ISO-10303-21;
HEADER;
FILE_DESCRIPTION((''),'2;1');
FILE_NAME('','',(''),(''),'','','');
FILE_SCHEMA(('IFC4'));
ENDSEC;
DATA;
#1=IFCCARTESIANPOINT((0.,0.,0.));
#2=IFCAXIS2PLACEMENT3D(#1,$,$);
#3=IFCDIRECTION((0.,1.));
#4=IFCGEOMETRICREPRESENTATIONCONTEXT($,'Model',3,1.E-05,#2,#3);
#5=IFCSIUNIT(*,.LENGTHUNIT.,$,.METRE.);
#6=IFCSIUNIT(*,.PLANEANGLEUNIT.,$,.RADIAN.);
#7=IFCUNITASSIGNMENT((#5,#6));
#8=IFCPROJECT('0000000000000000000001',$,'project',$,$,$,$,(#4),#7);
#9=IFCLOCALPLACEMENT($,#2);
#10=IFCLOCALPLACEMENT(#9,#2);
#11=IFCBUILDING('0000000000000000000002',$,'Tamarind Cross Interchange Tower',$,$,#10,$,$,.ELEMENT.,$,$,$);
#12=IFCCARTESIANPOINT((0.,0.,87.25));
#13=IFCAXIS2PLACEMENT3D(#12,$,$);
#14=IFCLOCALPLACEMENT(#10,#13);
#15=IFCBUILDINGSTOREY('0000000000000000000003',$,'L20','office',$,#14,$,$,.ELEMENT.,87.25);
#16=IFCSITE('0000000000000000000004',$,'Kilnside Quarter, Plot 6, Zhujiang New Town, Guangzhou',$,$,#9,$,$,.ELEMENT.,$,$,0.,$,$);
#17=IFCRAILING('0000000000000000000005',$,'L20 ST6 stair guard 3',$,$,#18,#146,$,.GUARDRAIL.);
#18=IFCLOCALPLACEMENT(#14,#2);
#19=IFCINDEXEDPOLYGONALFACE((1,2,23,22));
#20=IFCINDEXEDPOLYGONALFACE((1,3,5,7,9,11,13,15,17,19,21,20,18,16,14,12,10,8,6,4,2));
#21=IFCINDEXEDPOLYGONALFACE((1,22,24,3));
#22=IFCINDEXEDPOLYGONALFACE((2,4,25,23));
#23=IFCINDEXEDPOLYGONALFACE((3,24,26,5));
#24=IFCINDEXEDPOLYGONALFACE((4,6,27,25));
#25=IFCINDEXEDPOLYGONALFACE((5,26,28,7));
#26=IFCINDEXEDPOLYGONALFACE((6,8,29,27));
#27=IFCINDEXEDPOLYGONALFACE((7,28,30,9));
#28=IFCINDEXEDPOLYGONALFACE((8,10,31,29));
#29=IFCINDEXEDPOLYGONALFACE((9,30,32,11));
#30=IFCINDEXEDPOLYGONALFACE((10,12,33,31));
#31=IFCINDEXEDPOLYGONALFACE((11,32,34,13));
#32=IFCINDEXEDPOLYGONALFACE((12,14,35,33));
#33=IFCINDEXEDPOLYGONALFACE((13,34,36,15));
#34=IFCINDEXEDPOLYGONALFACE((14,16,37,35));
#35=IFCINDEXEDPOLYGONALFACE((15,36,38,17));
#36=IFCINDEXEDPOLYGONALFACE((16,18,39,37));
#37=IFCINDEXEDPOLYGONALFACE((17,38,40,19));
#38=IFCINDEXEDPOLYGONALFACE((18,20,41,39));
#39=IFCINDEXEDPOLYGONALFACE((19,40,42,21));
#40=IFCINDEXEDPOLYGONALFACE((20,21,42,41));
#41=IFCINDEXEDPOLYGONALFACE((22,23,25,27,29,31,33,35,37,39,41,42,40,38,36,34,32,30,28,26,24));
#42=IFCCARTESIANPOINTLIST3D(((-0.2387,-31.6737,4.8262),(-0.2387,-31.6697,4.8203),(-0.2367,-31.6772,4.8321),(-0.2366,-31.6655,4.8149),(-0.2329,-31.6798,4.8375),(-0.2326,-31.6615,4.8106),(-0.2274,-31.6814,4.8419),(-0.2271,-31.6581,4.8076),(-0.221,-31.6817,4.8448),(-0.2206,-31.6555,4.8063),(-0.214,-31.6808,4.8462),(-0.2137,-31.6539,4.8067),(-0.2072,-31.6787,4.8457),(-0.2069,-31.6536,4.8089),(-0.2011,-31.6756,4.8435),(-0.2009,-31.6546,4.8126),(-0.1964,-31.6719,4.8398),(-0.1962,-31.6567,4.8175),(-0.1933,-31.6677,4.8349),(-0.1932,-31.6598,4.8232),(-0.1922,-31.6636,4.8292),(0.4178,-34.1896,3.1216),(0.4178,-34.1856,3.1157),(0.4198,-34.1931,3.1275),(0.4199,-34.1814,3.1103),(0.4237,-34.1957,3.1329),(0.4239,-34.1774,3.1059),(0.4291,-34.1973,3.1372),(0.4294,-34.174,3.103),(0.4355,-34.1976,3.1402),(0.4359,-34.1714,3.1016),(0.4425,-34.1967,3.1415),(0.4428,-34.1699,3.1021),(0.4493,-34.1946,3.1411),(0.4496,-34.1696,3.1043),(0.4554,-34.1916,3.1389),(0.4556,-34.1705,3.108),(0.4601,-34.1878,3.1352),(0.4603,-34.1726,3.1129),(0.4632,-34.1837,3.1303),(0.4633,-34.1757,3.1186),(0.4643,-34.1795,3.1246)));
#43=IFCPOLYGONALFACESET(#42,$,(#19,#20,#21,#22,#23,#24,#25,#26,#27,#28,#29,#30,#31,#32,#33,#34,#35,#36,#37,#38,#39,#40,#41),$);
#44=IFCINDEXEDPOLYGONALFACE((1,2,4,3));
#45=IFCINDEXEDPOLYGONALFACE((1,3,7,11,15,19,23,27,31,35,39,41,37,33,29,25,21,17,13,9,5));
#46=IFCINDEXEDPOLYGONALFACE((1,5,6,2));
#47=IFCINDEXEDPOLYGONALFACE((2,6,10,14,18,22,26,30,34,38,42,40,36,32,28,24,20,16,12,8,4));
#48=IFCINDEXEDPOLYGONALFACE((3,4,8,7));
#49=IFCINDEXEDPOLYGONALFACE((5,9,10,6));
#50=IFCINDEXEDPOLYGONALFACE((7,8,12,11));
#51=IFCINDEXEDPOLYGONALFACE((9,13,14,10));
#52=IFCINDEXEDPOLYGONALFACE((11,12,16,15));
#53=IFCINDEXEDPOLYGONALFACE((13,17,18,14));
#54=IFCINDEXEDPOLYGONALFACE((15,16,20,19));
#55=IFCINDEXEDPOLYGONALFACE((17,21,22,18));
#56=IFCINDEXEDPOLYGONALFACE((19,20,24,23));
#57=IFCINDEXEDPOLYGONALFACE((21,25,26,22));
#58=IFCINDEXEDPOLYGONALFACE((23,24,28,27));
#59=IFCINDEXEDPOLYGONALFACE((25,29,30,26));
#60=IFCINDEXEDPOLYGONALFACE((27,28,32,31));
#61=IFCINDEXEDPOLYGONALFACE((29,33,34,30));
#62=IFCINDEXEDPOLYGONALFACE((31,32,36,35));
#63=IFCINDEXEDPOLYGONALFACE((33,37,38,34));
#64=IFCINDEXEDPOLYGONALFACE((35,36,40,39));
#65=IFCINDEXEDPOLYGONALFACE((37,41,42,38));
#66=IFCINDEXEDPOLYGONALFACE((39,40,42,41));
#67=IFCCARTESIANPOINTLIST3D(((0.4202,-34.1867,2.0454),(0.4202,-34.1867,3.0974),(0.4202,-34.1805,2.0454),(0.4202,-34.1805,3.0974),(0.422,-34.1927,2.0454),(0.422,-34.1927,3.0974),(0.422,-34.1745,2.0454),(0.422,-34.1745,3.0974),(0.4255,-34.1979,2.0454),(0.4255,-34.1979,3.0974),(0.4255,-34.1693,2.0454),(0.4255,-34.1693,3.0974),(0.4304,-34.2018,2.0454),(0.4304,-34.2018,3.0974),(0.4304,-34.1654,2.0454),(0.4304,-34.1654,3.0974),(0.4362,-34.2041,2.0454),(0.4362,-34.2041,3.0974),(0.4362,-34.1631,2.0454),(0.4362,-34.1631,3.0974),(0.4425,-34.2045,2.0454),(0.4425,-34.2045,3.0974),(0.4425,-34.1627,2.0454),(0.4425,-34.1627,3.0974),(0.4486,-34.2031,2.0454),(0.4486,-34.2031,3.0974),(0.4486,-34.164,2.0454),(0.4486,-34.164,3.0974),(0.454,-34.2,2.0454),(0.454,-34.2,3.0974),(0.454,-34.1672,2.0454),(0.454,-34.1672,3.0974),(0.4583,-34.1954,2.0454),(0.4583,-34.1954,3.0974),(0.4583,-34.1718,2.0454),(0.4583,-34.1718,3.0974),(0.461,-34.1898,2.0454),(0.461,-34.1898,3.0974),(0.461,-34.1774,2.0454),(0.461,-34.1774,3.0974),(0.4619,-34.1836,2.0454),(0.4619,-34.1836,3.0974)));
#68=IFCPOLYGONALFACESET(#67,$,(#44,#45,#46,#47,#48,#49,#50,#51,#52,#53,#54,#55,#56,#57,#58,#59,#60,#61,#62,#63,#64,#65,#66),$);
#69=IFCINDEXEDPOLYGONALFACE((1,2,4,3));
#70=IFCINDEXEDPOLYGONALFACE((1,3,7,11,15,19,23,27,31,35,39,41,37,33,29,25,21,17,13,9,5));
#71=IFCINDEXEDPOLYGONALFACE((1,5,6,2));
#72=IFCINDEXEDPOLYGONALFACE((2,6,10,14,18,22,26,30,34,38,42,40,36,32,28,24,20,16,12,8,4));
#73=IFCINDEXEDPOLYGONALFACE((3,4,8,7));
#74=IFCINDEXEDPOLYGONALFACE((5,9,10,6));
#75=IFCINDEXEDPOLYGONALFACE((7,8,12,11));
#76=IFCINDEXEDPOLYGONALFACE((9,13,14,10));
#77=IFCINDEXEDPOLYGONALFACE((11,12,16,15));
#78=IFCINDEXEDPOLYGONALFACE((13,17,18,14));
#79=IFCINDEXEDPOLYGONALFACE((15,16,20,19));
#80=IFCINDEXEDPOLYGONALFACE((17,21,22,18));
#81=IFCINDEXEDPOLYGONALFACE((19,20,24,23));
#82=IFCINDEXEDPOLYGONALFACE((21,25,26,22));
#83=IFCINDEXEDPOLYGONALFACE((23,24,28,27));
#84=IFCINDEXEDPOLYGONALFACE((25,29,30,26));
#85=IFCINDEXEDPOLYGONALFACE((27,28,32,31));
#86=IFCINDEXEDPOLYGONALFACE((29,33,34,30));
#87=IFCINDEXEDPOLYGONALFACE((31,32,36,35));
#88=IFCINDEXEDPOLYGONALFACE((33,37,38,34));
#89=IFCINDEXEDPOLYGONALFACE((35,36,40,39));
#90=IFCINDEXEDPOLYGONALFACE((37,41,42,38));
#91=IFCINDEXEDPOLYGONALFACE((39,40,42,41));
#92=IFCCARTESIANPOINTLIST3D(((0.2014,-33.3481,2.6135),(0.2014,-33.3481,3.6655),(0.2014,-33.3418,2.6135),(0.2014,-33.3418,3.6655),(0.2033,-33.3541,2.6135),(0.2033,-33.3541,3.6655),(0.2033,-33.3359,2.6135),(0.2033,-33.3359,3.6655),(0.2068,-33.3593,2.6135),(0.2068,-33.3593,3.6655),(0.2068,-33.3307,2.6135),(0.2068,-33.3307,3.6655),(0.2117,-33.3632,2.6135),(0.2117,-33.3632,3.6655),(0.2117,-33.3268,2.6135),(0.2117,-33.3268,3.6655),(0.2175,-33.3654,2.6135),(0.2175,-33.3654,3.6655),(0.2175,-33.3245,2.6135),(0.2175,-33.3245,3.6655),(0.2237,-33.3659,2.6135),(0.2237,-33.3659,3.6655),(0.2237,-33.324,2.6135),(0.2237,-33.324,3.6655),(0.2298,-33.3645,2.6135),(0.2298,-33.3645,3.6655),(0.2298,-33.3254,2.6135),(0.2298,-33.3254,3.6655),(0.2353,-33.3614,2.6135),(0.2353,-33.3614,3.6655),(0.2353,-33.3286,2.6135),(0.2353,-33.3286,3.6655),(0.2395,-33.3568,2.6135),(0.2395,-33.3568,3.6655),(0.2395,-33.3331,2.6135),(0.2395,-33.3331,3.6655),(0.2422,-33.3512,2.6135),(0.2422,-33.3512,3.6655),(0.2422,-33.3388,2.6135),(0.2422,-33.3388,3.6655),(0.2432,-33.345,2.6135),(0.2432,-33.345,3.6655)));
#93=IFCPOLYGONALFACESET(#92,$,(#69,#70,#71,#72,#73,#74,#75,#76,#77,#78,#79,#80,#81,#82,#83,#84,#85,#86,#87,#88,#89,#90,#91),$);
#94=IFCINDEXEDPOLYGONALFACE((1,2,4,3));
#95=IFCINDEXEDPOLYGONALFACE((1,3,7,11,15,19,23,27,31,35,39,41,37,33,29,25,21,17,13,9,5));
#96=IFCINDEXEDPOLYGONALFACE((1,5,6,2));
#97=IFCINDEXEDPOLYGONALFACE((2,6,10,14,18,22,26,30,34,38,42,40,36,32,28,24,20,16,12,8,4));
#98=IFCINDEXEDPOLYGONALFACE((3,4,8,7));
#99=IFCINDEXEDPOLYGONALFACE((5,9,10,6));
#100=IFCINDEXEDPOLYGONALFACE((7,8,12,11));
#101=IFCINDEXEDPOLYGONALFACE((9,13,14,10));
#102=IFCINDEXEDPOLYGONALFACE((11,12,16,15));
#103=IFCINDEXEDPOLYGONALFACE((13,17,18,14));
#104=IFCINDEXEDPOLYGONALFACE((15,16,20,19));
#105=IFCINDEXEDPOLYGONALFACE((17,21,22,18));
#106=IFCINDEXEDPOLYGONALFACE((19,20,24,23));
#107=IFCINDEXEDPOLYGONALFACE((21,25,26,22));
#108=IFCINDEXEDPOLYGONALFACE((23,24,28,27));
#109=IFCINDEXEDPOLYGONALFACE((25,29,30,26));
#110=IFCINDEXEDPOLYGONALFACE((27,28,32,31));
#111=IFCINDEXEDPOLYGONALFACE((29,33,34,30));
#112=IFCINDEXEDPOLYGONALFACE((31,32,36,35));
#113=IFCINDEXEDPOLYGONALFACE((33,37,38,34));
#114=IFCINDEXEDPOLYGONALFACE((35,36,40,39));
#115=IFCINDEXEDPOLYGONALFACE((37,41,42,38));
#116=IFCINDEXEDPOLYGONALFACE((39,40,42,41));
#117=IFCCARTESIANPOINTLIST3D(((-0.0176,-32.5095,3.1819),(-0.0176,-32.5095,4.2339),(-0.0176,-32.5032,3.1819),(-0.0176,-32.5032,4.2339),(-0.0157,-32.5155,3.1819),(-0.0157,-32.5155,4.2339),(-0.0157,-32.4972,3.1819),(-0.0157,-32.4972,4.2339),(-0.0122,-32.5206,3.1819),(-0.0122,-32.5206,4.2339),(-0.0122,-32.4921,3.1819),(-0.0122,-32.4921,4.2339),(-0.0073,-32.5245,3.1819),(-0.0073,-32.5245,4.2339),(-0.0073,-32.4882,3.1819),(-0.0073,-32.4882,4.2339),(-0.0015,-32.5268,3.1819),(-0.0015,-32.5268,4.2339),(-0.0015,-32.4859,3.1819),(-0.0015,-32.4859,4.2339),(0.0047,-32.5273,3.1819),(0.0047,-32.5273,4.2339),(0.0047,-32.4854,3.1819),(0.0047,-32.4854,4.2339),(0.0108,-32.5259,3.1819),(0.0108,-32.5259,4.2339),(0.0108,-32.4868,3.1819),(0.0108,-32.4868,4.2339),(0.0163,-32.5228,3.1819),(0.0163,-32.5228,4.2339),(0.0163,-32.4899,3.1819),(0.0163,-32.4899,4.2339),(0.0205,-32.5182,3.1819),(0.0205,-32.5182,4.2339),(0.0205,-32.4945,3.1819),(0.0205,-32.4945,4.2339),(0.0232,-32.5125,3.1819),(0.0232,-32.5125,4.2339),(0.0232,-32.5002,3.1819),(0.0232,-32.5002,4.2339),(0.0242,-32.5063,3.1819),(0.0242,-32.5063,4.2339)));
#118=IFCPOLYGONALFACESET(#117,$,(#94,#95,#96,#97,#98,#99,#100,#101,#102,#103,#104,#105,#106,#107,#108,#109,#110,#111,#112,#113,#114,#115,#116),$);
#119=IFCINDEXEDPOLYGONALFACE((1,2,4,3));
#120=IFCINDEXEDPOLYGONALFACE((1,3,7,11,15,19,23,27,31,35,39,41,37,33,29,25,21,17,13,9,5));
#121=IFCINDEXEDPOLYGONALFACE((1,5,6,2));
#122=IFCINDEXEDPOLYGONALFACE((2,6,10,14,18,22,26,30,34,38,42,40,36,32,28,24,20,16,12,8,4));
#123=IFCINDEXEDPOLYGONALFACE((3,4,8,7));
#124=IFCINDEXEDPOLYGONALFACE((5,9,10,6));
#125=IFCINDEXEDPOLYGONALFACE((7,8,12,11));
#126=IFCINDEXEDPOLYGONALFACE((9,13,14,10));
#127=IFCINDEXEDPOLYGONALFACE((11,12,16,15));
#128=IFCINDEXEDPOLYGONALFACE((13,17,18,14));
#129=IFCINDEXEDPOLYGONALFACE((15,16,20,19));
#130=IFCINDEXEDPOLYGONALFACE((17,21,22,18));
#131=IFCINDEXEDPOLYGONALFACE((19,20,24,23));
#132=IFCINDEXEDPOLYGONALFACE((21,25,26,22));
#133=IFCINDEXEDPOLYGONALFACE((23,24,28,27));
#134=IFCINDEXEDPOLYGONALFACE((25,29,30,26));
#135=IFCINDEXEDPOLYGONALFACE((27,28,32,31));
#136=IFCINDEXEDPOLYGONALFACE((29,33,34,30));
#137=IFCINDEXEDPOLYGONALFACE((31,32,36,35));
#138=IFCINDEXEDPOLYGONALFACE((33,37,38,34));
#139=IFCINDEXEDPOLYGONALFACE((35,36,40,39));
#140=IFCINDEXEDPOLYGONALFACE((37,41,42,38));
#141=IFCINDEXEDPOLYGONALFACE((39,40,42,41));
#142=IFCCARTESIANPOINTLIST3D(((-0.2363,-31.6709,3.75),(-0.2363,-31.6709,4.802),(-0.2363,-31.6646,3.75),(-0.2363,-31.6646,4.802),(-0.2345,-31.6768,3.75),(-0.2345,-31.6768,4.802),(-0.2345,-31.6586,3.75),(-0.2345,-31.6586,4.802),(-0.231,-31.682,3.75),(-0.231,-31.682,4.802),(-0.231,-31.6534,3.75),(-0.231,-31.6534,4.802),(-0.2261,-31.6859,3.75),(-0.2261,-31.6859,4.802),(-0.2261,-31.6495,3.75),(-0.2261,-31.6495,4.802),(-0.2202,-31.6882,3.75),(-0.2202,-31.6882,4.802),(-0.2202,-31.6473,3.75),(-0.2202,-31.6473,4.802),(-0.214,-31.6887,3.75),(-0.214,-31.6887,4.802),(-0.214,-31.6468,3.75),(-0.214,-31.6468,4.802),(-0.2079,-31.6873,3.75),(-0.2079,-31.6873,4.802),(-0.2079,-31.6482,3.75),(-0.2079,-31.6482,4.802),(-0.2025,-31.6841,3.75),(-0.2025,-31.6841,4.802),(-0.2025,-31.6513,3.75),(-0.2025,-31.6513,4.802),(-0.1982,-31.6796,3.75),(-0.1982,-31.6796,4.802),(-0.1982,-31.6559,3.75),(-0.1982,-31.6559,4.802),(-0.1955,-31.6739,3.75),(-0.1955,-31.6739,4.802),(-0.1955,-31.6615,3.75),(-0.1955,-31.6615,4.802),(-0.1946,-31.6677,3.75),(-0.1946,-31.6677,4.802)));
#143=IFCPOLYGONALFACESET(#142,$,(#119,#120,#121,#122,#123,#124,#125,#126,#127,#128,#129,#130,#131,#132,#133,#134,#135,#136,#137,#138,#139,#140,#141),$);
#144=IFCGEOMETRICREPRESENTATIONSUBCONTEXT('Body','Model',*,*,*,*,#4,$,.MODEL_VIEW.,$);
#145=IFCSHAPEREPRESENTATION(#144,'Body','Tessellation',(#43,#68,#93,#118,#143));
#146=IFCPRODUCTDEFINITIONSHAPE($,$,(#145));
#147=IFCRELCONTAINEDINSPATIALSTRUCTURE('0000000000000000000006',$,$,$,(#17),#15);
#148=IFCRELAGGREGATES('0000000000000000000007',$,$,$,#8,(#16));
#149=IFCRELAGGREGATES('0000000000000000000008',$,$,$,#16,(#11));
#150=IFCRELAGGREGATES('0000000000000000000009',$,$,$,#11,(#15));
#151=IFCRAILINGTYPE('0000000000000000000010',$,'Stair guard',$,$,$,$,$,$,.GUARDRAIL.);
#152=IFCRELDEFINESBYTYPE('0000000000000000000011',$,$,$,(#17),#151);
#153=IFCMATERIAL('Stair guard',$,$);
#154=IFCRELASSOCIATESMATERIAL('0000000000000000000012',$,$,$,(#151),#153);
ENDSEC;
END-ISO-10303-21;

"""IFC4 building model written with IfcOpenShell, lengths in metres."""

from ifc_helpers import new_model, si_unit, direction, frame, origin, origin_2d, place, context, subcontext, project, spatial, circle, extrude, material, type_object, element, save


model = new_model("IFC4")

# Units and contexts
model_context = context("Model", 3, precision=1e-05, world=origin(), true_north=direction((0.0, 1.0)))
body_context = subcontext(model_context, "Body", "Model", "MODEL_VIEW")
ifc_project = project(units=[si_unit("LENGTHUNIT", "METRE"), si_unit("PLANEANGLEUNIT", "RADIAN")], contexts=[model_context])

# Site, building, storey
site_placement = place(None, origin())
site = spatial("IfcSite", under=ifc_project, at=site_placement, Name="Kilnside Quarter, Plot 6, Zhujiang New Town, Guangzhou", CompositionType="ELEMENT", RefElevation=0.0)
building_placement = place(site_placement, origin())
building = spatial("IfcBuilding", under=site, at=building_placement, Name="Tamarind Cross Interchange Tower", CompositionType="ELEMENT")
storey_placement = place(building_placement, frame((0.0, 0.0, 87.25)))
storey = spatial("IfcBuildingStorey", under=building, at=storey_placement, Name="L20", Description="office", CompositionType="ELEMENT", Elevation=87.25)

# Railing
ifc_material_1 = material(Name="Stair guard")
railing_type_1 = type_object("IfcRailingType", Name="Stair guard", PredefinedType="GUARDRAIL", material=ifc_material_1)
railing_1_placement = place(storey_placement, frame((0.4409, -34.1836, 2.0454)))
element("IfcRailing", 1, at=railing_1_placement, inside=storey, type_object=railing_type_1, Name="L20 ST6 stair guard 3", PredefinedType="GUARDRAIL", context=body_context, shape_type="SweptSolid", body=[
    extrude(circle(Radius=0.0239, at=origin_2d()), frame((0.0, 0.0, 1.0762), z_axis=(-0.211156, 0.809208, 0.548267), x_axis=(-0.9676, -0.252487, 0.0)), (0.0, 0.0, 1.0), 3.1091),
    extrude(circle(Radius=0.021, at=origin_2d()), origin(), (0.0, 0.0, 1.0), 1.052),
    extrude(circle(Radius=0.021, at=origin_2d()), frame((-0.2188, 0.8386, 0.5681)), (0.0, 0.0, 1.0), 1.052),
    extrude(circle(Radius=0.021, at=origin_2d()), frame((-0.4377, 1.6772, 1.1365)), (0.0, 0.0, 1.0), 1.052),
    extrude(circle(Radius=0.021, at=origin_2d()), frame((-0.6565, 2.5159, 1.7046)), (0.0, 0.0, 1.0), 1.052),
])

save(model, "model.ifc")
